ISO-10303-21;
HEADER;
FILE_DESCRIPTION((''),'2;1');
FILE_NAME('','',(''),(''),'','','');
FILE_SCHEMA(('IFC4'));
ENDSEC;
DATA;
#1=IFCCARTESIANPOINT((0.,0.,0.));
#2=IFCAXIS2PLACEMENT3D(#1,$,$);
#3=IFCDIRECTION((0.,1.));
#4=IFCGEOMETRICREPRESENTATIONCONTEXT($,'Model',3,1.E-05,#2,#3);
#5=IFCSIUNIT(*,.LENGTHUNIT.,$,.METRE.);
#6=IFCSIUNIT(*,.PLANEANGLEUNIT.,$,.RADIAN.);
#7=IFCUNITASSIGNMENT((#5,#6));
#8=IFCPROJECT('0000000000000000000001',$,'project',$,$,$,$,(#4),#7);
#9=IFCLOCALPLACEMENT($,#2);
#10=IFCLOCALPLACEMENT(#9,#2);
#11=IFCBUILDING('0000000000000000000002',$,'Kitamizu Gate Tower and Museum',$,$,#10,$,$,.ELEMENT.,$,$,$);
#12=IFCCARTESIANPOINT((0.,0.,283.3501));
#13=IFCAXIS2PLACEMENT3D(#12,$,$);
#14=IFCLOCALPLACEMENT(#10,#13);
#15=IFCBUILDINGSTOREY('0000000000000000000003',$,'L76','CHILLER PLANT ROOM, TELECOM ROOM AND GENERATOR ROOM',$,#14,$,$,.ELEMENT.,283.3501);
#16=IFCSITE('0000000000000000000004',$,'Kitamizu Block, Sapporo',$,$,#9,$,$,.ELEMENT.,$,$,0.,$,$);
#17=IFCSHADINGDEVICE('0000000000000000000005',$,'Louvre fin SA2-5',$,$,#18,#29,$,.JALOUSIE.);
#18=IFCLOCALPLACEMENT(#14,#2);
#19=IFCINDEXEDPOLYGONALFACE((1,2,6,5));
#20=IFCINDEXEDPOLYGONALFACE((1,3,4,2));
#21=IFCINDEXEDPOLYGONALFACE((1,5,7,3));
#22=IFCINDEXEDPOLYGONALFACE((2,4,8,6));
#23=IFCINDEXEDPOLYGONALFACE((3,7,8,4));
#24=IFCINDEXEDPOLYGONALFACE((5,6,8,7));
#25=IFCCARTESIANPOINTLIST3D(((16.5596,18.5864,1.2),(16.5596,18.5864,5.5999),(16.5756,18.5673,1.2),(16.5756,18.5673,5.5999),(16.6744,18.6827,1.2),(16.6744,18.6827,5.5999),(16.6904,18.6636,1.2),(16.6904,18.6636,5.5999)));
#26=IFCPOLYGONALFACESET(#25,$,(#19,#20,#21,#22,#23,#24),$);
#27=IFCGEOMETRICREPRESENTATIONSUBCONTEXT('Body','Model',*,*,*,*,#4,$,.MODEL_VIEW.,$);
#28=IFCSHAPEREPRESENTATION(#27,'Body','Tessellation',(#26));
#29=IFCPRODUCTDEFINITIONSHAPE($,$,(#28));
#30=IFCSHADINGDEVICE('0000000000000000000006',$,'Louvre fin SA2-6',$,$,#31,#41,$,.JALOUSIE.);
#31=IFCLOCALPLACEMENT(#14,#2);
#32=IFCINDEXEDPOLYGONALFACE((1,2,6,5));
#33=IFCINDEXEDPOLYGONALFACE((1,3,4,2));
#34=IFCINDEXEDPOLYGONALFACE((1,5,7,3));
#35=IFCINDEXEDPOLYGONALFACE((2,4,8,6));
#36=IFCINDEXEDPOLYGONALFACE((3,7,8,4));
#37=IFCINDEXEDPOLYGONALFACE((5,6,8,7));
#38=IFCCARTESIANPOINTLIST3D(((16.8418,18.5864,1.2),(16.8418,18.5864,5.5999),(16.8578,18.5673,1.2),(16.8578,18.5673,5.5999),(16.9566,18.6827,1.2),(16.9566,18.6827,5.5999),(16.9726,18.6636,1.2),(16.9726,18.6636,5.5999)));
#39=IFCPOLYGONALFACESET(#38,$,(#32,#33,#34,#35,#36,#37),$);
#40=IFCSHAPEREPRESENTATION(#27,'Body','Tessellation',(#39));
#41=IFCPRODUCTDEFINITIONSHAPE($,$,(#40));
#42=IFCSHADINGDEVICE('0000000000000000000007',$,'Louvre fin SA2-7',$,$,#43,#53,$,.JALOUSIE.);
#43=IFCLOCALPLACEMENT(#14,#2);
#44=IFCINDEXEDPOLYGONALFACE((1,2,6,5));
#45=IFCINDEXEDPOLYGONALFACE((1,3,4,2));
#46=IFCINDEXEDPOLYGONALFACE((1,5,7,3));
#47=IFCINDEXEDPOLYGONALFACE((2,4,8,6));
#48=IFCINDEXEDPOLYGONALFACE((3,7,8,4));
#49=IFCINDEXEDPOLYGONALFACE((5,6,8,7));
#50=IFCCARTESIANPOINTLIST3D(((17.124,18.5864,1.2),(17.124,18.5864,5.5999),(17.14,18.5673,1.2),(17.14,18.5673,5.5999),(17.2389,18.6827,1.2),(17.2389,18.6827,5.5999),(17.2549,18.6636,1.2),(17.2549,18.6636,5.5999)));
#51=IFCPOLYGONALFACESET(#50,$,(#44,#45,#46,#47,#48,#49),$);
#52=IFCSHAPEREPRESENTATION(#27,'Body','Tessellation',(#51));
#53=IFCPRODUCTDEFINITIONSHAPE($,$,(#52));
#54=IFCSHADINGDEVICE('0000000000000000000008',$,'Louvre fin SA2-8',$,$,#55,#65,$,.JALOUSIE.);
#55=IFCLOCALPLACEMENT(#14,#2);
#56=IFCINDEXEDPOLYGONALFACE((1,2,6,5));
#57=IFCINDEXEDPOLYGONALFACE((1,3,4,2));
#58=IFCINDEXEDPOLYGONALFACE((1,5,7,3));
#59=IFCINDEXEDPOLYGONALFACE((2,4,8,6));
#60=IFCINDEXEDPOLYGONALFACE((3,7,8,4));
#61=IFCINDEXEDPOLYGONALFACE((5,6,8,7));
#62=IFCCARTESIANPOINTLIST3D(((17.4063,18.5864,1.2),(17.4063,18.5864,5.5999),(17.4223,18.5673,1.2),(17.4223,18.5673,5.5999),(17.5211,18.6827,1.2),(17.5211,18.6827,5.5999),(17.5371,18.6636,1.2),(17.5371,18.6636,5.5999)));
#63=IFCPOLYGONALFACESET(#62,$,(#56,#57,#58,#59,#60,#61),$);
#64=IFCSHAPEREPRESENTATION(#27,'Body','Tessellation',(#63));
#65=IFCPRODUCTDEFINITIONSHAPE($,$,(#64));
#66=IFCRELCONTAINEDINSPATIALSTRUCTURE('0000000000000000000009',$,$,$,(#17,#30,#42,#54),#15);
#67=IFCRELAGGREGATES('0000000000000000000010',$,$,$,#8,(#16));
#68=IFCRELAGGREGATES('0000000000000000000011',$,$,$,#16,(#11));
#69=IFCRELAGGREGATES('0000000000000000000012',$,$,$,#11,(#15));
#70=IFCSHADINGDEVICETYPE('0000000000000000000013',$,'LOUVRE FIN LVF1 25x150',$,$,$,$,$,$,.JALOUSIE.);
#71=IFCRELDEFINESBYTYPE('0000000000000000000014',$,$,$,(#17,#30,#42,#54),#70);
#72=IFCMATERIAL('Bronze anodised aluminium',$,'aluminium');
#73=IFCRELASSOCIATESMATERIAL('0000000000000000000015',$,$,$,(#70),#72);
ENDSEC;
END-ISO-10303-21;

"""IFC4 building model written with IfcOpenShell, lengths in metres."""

from ifc_helpers import new_model, si_unit, direction, frame, origin, origin_2d, place, context, subcontext, project, spatial, rectangle, extrude, material, material_profile, profile_set, type_object, element, save


model = new_model("IFC4")

# Units and contexts
model_context = context("Model", 3, precision=1e-05, world=origin(), true_north=direction((0.0, 1.0)))
body_context = subcontext(model_context, "Body", "Model", "MODEL_VIEW")
ifc_project = project(units=[si_unit("LENGTHUNIT", "METRE"), si_unit("PLANEANGLEUNIT", "RADIAN")], contexts=[model_context])

# Site, building, storey
site_placement = place(None, origin())
site = spatial("IfcSite", under=ifc_project, at=site_placement, Name="Kitamizu Block, Sapporo", CompositionType="ELEMENT", RefElevation=0.0)
building_placement = place(site_placement, origin())
building = spatial("IfcBuilding", under=site, at=building_placement, Name="Kitamizu Gate Tower and Museum", CompositionType="ELEMENT")
storey_placement = place(building_placement, frame((0.0, 0.0, 283.3501)))
storey = spatial("IfcBuildingStorey", under=building, at=storey_placement, Name="L76", Description="CHILLER PLANT ROOM, TELECOM ROOM AND GENERATOR ROOM", CompositionType="ELEMENT", Elevation=283.3501)

# Shading devices
ifc_material_1 = material(Name="Bronze anodised aluminium", Category="aluminium")
ifc_material_profile_1 = material_profile(ifc_material_1, rectangle(XDim=0.1499, YDim=0.0249, at=origin_2d()), Name="AL 25x150")
ifc_profile_set_1 = profile_set([ifc_material_profile_1], Name="Bronze anodised aluminium")
shading_device_type = type_object("IfcShadingDeviceType", Name="LOUVRE FIN LVF1 25x150", PredefinedType="JALOUSIE", material=ifc_profile_set_1)
for number, where, z_axis, x_axis, name in (
    (1, (16.625, 18.625, 1.2), (0.0, 0.0, 1.0), (0.766044, 0.642788, 0.0), "Louvre fin SA2-5"),
    (2, (16.9072, 18.625, 1.2), (0.0, 0.0, 1.0), (0.766044, 0.642788, 0.0), "Louvre fin SA2-6"),
    (3, (17.1895, 18.625, 1.2), (0.0, 0.0, 1.0), (0.766044, 0.642788, 0.0), "Louvre fin SA2-7"),
    (4, (17.4717, 18.625, 1.2), (0.0, 0.0, 1.0), (0.766044, 0.642788, 0.0), "Louvre fin SA2-8"),
):
    element("IfcShadingDevice", number, at=place(storey_placement, frame(where, z_axis=z_axis, x_axis=x_axis)), inside=storey, type_object=shading_device_type, Name=name, PredefinedType="JALOUSIE", context=body_context, shape_type="SweptSolid", body=[
        extrude(rectangle(XDim=0.1499, YDim=0.0249, at=origin_2d()), origin(), (0.0, 0.0, 1.0), 4.3999),
    ])

save(model, "model.ifc")
